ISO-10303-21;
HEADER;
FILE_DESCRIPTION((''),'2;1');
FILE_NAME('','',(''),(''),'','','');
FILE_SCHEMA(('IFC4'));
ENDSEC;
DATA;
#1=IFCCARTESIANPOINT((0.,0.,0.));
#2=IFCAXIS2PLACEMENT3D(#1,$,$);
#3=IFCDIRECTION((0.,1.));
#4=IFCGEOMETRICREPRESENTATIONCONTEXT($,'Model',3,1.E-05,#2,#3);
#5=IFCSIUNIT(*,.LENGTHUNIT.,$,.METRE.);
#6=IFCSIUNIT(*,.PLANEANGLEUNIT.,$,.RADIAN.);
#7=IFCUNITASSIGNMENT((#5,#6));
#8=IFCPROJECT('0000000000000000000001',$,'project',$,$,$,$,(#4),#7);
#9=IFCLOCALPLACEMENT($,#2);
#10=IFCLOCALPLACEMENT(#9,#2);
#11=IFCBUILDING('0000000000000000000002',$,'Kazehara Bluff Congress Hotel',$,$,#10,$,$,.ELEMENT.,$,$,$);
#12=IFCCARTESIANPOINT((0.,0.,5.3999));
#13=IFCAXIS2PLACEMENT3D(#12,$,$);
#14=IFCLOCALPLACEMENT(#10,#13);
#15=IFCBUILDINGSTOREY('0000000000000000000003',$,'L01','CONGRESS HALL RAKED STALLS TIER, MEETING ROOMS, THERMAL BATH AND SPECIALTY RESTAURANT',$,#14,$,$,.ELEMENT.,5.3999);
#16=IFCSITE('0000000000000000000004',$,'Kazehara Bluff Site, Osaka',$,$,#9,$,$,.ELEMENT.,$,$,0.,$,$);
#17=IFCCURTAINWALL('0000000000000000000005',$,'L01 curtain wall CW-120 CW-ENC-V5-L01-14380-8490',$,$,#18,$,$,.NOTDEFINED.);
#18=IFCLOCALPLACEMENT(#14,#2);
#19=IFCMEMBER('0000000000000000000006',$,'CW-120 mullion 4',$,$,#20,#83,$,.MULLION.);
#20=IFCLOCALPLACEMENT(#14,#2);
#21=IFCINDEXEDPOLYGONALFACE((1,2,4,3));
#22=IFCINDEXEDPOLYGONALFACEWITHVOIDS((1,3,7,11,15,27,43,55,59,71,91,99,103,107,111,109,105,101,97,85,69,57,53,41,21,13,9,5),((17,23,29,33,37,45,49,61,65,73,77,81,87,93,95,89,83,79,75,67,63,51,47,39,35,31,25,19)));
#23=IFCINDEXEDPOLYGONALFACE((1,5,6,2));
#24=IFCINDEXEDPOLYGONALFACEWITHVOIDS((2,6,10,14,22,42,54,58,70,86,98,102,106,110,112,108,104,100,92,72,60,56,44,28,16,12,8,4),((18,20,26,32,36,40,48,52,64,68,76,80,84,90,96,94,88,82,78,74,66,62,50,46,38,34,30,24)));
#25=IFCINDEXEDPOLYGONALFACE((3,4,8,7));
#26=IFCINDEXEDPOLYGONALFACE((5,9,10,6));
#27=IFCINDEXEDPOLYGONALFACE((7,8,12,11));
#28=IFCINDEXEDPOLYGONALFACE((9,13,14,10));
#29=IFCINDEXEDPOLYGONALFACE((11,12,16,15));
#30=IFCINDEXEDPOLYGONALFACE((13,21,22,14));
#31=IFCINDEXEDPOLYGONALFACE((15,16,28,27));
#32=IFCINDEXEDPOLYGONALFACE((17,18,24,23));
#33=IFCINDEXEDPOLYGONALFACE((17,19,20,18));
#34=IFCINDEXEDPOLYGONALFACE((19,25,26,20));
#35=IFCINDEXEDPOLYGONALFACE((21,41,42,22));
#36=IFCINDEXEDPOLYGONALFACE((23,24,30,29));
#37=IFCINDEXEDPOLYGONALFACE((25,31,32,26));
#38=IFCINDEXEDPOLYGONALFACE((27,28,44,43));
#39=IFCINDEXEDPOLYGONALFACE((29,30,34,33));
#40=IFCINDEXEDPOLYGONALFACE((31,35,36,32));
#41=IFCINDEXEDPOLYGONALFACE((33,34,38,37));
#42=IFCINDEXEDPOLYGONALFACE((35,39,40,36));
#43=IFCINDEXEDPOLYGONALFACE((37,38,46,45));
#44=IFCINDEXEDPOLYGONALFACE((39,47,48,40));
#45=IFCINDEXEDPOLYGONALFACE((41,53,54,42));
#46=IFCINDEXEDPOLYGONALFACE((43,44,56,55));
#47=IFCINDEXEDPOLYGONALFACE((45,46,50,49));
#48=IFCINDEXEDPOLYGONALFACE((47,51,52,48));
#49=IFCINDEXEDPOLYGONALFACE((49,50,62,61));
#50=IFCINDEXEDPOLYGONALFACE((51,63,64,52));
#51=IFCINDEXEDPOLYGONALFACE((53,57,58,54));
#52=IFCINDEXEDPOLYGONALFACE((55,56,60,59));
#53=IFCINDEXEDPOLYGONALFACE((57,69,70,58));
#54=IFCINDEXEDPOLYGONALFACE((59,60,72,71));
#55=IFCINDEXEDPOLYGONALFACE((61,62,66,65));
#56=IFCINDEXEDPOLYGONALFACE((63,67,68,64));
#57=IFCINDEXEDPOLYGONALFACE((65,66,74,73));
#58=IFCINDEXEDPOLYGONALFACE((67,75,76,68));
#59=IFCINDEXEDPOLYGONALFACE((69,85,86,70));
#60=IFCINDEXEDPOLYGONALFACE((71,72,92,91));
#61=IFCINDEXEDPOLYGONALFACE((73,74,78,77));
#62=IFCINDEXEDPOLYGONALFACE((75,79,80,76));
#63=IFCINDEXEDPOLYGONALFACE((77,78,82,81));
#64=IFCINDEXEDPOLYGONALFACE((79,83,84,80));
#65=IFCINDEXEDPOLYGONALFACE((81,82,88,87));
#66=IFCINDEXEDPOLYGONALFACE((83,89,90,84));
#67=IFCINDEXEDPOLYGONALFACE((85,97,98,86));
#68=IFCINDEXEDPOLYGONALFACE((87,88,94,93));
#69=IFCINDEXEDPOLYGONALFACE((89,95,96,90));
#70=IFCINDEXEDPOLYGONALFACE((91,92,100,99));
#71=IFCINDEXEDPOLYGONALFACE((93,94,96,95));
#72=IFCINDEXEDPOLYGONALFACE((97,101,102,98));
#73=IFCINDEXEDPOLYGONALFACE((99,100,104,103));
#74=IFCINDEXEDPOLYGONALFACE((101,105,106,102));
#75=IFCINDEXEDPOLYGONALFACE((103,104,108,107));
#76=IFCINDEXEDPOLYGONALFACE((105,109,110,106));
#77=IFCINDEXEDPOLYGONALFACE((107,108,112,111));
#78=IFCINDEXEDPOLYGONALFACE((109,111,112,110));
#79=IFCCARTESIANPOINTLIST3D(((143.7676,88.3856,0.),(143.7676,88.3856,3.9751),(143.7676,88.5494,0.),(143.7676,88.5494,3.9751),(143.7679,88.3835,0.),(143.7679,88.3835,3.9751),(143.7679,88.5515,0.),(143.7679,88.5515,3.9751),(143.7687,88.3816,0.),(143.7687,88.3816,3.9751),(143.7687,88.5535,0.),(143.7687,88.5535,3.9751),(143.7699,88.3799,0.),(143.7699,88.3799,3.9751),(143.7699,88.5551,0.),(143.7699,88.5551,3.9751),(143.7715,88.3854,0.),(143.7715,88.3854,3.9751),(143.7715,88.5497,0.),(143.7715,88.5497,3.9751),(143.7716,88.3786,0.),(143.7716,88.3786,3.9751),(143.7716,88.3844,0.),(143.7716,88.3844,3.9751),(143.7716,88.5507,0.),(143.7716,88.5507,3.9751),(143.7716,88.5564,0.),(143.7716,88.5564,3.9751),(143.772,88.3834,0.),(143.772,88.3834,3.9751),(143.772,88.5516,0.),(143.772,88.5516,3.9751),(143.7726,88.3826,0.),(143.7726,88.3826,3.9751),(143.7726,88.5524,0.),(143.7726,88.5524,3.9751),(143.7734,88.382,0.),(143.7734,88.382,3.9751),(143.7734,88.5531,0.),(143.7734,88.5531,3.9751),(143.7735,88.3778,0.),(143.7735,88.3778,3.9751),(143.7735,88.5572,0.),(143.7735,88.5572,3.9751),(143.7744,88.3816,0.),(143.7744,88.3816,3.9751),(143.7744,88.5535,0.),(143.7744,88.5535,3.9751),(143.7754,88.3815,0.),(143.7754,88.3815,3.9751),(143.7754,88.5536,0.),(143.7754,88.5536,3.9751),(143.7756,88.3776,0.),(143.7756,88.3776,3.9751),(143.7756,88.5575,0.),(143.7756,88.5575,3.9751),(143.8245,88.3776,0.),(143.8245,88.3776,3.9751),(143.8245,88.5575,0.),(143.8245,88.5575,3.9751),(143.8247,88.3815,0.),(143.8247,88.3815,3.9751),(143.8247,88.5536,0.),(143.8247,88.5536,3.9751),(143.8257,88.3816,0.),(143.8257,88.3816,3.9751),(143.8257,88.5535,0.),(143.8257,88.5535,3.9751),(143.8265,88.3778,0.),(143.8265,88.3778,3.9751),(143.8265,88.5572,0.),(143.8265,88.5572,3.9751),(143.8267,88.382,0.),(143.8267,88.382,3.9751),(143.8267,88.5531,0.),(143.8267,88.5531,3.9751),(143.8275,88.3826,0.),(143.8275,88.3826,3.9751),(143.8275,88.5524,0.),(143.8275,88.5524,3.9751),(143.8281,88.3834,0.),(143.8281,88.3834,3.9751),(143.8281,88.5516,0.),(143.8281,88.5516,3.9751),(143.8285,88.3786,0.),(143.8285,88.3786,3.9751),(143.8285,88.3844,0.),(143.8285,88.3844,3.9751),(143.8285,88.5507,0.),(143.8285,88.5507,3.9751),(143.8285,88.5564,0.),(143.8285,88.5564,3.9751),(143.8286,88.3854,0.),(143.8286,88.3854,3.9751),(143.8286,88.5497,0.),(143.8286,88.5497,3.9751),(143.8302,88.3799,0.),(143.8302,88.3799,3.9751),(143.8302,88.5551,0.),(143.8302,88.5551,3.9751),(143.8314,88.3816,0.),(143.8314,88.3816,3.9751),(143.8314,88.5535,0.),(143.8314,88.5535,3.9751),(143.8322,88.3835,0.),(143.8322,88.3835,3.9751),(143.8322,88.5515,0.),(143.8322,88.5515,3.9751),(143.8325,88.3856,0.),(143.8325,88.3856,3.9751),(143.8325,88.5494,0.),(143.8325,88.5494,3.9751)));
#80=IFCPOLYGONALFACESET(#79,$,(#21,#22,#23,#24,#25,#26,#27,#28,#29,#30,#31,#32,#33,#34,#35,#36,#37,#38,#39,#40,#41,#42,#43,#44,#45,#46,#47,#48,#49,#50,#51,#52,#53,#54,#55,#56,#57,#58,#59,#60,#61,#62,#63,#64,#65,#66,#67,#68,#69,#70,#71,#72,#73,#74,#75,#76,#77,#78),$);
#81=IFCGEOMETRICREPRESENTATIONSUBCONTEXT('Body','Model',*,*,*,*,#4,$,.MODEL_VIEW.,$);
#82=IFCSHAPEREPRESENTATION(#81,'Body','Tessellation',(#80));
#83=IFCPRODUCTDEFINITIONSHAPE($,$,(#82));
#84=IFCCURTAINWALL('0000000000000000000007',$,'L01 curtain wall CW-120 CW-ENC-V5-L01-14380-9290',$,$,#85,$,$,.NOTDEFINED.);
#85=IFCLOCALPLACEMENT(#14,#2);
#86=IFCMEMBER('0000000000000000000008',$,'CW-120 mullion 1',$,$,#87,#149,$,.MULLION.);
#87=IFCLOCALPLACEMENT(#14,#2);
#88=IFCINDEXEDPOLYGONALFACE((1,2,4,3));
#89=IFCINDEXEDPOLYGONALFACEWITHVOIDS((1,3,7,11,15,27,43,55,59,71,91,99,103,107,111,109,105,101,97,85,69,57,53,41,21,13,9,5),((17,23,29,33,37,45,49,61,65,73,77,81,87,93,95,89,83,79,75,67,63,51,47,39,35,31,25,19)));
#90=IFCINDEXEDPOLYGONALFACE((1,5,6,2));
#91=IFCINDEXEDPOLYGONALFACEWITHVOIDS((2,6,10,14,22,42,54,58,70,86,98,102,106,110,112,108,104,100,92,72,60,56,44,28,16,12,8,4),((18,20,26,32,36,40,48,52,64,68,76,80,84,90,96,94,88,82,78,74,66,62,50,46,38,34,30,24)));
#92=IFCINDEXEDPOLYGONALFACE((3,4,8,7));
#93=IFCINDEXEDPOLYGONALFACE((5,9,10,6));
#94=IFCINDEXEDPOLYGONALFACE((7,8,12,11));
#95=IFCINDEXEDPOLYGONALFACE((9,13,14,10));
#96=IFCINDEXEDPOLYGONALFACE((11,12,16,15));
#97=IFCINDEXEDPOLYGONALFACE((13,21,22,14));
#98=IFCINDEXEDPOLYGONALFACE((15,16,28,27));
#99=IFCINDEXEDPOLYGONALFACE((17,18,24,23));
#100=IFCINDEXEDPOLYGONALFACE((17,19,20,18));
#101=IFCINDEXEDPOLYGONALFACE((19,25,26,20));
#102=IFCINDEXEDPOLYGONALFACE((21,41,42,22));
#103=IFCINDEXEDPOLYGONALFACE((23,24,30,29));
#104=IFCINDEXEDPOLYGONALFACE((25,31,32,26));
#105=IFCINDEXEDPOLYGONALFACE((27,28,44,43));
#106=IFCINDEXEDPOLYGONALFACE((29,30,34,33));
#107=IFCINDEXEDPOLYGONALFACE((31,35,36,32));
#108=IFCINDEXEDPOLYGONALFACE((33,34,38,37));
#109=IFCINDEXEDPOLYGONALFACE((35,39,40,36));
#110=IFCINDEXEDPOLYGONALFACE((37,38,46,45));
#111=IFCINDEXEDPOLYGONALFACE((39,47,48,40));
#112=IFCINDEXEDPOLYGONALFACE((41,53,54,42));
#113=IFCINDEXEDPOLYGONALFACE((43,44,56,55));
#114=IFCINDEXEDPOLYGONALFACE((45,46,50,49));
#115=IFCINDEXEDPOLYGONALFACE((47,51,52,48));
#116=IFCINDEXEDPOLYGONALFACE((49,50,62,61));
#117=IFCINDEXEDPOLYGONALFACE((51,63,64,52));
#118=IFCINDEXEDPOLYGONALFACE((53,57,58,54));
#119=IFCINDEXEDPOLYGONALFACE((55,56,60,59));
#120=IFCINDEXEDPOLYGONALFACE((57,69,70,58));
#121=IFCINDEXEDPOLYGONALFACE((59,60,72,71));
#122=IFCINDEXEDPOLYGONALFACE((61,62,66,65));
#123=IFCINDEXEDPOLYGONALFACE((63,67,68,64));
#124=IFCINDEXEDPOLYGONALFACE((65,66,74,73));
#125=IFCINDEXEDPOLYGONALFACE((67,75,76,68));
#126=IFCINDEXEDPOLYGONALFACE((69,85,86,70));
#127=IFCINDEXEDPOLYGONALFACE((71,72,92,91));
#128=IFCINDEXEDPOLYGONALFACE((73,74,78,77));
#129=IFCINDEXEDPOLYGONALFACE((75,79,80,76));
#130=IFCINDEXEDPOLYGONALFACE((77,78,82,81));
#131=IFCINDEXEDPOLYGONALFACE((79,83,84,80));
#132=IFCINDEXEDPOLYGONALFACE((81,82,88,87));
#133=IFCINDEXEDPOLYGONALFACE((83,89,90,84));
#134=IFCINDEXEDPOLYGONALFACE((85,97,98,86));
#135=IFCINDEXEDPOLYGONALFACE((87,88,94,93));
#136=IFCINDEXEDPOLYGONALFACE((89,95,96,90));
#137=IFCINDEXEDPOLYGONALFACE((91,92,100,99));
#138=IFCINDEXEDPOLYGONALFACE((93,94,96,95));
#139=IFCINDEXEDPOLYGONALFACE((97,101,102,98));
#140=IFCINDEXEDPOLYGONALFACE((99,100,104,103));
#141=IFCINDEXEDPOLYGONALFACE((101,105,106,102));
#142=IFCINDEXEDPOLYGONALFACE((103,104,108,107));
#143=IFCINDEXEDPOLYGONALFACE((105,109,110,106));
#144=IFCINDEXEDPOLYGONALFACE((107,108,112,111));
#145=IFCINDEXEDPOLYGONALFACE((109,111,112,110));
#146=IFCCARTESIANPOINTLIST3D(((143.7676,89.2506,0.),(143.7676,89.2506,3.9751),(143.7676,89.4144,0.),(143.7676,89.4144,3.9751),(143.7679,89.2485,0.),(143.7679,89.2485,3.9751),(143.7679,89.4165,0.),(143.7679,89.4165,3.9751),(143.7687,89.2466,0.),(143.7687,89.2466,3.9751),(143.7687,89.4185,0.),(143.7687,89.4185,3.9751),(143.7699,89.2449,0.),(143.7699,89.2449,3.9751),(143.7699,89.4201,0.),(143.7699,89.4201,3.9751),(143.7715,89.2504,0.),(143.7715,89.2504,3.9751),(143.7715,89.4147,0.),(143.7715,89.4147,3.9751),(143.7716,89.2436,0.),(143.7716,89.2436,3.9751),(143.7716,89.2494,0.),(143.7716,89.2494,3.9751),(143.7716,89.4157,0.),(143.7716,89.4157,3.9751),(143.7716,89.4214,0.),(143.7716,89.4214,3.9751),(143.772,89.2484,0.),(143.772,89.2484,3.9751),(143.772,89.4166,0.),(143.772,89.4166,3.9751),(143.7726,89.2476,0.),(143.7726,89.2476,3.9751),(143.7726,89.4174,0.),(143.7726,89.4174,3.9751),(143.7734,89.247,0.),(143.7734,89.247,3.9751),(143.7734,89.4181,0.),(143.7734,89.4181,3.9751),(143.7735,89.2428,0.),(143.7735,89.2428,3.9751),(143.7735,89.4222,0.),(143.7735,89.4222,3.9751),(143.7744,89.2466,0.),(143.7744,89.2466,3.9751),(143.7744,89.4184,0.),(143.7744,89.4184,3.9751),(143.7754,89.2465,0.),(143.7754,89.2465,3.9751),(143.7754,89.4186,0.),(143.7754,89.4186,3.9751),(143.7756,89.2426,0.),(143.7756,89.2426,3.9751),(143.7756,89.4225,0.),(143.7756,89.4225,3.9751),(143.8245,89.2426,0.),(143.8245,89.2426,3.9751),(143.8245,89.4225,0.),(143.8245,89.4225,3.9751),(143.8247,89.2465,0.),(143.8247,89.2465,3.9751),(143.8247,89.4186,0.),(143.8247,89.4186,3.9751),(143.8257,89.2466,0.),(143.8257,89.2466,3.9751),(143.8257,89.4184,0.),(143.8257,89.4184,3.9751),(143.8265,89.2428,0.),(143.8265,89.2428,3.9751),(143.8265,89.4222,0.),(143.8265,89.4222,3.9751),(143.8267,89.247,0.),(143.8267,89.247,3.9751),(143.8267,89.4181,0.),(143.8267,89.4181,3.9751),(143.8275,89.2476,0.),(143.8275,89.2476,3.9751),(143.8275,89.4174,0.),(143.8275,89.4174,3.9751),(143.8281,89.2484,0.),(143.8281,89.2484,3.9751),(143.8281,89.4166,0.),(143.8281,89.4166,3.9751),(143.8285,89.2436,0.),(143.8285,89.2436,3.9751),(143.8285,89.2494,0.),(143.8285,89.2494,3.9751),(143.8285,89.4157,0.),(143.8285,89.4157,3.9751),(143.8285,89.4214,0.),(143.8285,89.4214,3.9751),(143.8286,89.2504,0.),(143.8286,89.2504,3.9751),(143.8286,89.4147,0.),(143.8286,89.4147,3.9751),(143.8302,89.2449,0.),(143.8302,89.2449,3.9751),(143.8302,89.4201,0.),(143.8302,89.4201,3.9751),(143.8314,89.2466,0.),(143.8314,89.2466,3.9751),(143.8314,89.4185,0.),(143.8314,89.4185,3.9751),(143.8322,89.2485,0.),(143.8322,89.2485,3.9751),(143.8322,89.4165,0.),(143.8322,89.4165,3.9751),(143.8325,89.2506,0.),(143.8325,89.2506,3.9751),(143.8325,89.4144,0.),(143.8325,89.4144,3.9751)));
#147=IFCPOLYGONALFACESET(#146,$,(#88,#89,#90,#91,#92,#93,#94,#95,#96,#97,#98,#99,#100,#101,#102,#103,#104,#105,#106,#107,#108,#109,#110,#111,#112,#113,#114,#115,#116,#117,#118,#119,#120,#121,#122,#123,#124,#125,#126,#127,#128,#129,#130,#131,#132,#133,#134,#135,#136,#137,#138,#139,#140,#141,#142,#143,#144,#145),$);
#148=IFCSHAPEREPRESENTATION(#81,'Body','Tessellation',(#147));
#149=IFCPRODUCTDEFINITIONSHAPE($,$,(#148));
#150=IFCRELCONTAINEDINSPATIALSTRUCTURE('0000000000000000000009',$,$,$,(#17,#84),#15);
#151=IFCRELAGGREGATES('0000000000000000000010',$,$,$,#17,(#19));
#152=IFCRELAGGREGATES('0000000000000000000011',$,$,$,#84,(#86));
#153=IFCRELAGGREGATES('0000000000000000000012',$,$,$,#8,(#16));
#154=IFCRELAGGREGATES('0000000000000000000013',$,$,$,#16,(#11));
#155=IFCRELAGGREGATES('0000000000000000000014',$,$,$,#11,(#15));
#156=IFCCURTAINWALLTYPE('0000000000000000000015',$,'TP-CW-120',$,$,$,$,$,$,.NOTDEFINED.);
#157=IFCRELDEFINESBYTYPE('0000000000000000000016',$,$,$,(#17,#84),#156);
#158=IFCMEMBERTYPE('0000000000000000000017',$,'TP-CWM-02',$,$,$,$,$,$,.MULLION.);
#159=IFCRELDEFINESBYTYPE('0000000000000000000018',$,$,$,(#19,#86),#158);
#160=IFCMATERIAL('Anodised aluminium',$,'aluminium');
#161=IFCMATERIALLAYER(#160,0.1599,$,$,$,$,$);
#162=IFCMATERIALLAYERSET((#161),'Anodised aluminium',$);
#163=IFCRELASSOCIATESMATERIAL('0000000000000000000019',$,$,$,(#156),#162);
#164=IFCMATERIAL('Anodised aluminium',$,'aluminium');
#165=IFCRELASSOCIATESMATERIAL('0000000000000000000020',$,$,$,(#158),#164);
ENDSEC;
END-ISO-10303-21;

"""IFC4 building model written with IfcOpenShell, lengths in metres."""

from ifc_helpers import new_model, si_unit, direction, frame, origin, origin_2d, place, context, subcontext, project, spatial, hollow_rectangle, extrude, material, layer, layer_set, material_profile, profile_set, type_object, element, aggregate, save


model = new_model("IFC4")

# Units and contexts
model_context = context("Model", 3, precision=1e-05, world=origin(), true_north=direction((0.0, 1.0)))
body_context = subcontext(model_context, "Body", "Model", "MODEL_VIEW")
ifc_project = project(units=[si_unit("LENGTHUNIT", "METRE"), si_unit("PLANEANGLEUNIT", "RADIAN")], contexts=[model_context])

# Site, building, storey
site_placement = place(None, origin())
site = spatial("IfcSite", under=ifc_project, at=site_placement, Name="Kazehara Bluff Site, Osaka", CompositionType="ELEMENT", RefElevation=0.0)
building_placement = place(site_placement, origin())
building = spatial("IfcBuilding", under=site, at=building_placement, Name="Kazehara Bluff Congress Hotel", CompositionType="ELEMENT")
storey_placement = place(building_placement, frame((0.0, 0.0, 5.3999)))
storey = spatial("IfcBuildingStorey", under=building, at=storey_placement, Name="L01", Description="CONGRESS HALL RAKED STALLS TIER, MEETING ROOMS, THERMAL BATH AND SPECIALTY RESTAURANT", CompositionType="ELEMENT", Elevation=5.3999)

# Curtain walls, members
ifc_material_1 = material(Name="Anodised aluminium", Category="aluminium")
ifc_layer_1 = layer(ifc_material_1, 0.1599)
ifc_layer_set_1 = layer_set([ifc_layer_1], Name="Anodised aluminium")
curtain_wall_type = type_object("IfcCurtainWallType", Name="TP-CW-120", PredefinedType="NOTDEFINED", material=ifc_layer_set_1)
curtain_wall_1_placement = place(storey_placement, origin())
curtain_wall_1 = element("IfcCurtainWall", 1, at=curtain_wall_1_placement, inside=storey, type_object=curtain_wall_type, Name="L01 curtain wall CW-120 CW-ENC-V5-L01-14380-8490", PredefinedType="NOTDEFINED")
ifc_material_2 = material(Name="Anodised aluminium", Category="aluminium")
ifc_material_profile_1 = material_profile(ifc_material_2, hollow_rectangle(XDim=0.0649, YDim=0.1799, WallThickness=0.0039, InnerFilletRadius=0.0039, OuterFilletRadius=0.0081, at=origin_2d()))
ifc_profile_set_1 = profile_set([ifc_material_profile_1], Name="Anodised aluminium")
member_type_1 = type_object("IfcMemberType", Name="TP-CWM-02", PredefinedType="MULLION", material=ifc_profile_set_1)
member_1_placement = place(storey_placement, frame((143.8, 88.4675, 0.0), z_axis=(0.0, 0.0, 1.0), x_axis=(-1.0, 0.0, 0.0)))
member_1 = element("IfcMember", 2, at=member_1_placement, type_object=member_type_1, Name="CW-120 mullion 4", PredefinedType="MULLION", context=body_context, shape_type="SweptSolid", body=[
    extrude(hollow_rectangle(XDim=0.0649, YDim=0.1799, WallThickness=0.0039, InnerFilletRadius=0.0039, OuterFilletRadius=0.0081, at=origin_2d()), origin(), (0.0, 0.0, 1.0), 3.9751),
])
curtain_wall_2_placement = place(storey_placement, origin())
curtain_wall_2 = element("IfcCurtainWall", 3, at=curtain_wall_2_placement, inside=storey, type_object=curtain_wall_type, Name="L01 curtain wall CW-120 CW-ENC-V5-L01-14380-9290", PredefinedType="NOTDEFINED")
member_2_placement = place(storey_placement, frame((143.8, 89.3325, 0.0), z_axis=(0.0, 0.0, 1.0), x_axis=(-1.0, 0.0, 0.0)))
member_2 = element("IfcMember", 4, at=member_2_placement, type_object=member_type_1, Name="CW-120 mullion 1", PredefinedType="MULLION", context=body_context, shape_type="SweptSolid", body=[
    extrude(hollow_rectangle(XDim=0.0649, YDim=0.1799, WallThickness=0.0039, InnerFilletRadius=0.0039, OuterFilletRadius=0.0081, at=origin_2d()), origin(), (0.0, 0.0, 1.0), 3.9751),
])

aggregate(curtain_wall_1, [member_1])
aggregate(curtain_wall_2, [member_2])

save(model, "model.ifc")
